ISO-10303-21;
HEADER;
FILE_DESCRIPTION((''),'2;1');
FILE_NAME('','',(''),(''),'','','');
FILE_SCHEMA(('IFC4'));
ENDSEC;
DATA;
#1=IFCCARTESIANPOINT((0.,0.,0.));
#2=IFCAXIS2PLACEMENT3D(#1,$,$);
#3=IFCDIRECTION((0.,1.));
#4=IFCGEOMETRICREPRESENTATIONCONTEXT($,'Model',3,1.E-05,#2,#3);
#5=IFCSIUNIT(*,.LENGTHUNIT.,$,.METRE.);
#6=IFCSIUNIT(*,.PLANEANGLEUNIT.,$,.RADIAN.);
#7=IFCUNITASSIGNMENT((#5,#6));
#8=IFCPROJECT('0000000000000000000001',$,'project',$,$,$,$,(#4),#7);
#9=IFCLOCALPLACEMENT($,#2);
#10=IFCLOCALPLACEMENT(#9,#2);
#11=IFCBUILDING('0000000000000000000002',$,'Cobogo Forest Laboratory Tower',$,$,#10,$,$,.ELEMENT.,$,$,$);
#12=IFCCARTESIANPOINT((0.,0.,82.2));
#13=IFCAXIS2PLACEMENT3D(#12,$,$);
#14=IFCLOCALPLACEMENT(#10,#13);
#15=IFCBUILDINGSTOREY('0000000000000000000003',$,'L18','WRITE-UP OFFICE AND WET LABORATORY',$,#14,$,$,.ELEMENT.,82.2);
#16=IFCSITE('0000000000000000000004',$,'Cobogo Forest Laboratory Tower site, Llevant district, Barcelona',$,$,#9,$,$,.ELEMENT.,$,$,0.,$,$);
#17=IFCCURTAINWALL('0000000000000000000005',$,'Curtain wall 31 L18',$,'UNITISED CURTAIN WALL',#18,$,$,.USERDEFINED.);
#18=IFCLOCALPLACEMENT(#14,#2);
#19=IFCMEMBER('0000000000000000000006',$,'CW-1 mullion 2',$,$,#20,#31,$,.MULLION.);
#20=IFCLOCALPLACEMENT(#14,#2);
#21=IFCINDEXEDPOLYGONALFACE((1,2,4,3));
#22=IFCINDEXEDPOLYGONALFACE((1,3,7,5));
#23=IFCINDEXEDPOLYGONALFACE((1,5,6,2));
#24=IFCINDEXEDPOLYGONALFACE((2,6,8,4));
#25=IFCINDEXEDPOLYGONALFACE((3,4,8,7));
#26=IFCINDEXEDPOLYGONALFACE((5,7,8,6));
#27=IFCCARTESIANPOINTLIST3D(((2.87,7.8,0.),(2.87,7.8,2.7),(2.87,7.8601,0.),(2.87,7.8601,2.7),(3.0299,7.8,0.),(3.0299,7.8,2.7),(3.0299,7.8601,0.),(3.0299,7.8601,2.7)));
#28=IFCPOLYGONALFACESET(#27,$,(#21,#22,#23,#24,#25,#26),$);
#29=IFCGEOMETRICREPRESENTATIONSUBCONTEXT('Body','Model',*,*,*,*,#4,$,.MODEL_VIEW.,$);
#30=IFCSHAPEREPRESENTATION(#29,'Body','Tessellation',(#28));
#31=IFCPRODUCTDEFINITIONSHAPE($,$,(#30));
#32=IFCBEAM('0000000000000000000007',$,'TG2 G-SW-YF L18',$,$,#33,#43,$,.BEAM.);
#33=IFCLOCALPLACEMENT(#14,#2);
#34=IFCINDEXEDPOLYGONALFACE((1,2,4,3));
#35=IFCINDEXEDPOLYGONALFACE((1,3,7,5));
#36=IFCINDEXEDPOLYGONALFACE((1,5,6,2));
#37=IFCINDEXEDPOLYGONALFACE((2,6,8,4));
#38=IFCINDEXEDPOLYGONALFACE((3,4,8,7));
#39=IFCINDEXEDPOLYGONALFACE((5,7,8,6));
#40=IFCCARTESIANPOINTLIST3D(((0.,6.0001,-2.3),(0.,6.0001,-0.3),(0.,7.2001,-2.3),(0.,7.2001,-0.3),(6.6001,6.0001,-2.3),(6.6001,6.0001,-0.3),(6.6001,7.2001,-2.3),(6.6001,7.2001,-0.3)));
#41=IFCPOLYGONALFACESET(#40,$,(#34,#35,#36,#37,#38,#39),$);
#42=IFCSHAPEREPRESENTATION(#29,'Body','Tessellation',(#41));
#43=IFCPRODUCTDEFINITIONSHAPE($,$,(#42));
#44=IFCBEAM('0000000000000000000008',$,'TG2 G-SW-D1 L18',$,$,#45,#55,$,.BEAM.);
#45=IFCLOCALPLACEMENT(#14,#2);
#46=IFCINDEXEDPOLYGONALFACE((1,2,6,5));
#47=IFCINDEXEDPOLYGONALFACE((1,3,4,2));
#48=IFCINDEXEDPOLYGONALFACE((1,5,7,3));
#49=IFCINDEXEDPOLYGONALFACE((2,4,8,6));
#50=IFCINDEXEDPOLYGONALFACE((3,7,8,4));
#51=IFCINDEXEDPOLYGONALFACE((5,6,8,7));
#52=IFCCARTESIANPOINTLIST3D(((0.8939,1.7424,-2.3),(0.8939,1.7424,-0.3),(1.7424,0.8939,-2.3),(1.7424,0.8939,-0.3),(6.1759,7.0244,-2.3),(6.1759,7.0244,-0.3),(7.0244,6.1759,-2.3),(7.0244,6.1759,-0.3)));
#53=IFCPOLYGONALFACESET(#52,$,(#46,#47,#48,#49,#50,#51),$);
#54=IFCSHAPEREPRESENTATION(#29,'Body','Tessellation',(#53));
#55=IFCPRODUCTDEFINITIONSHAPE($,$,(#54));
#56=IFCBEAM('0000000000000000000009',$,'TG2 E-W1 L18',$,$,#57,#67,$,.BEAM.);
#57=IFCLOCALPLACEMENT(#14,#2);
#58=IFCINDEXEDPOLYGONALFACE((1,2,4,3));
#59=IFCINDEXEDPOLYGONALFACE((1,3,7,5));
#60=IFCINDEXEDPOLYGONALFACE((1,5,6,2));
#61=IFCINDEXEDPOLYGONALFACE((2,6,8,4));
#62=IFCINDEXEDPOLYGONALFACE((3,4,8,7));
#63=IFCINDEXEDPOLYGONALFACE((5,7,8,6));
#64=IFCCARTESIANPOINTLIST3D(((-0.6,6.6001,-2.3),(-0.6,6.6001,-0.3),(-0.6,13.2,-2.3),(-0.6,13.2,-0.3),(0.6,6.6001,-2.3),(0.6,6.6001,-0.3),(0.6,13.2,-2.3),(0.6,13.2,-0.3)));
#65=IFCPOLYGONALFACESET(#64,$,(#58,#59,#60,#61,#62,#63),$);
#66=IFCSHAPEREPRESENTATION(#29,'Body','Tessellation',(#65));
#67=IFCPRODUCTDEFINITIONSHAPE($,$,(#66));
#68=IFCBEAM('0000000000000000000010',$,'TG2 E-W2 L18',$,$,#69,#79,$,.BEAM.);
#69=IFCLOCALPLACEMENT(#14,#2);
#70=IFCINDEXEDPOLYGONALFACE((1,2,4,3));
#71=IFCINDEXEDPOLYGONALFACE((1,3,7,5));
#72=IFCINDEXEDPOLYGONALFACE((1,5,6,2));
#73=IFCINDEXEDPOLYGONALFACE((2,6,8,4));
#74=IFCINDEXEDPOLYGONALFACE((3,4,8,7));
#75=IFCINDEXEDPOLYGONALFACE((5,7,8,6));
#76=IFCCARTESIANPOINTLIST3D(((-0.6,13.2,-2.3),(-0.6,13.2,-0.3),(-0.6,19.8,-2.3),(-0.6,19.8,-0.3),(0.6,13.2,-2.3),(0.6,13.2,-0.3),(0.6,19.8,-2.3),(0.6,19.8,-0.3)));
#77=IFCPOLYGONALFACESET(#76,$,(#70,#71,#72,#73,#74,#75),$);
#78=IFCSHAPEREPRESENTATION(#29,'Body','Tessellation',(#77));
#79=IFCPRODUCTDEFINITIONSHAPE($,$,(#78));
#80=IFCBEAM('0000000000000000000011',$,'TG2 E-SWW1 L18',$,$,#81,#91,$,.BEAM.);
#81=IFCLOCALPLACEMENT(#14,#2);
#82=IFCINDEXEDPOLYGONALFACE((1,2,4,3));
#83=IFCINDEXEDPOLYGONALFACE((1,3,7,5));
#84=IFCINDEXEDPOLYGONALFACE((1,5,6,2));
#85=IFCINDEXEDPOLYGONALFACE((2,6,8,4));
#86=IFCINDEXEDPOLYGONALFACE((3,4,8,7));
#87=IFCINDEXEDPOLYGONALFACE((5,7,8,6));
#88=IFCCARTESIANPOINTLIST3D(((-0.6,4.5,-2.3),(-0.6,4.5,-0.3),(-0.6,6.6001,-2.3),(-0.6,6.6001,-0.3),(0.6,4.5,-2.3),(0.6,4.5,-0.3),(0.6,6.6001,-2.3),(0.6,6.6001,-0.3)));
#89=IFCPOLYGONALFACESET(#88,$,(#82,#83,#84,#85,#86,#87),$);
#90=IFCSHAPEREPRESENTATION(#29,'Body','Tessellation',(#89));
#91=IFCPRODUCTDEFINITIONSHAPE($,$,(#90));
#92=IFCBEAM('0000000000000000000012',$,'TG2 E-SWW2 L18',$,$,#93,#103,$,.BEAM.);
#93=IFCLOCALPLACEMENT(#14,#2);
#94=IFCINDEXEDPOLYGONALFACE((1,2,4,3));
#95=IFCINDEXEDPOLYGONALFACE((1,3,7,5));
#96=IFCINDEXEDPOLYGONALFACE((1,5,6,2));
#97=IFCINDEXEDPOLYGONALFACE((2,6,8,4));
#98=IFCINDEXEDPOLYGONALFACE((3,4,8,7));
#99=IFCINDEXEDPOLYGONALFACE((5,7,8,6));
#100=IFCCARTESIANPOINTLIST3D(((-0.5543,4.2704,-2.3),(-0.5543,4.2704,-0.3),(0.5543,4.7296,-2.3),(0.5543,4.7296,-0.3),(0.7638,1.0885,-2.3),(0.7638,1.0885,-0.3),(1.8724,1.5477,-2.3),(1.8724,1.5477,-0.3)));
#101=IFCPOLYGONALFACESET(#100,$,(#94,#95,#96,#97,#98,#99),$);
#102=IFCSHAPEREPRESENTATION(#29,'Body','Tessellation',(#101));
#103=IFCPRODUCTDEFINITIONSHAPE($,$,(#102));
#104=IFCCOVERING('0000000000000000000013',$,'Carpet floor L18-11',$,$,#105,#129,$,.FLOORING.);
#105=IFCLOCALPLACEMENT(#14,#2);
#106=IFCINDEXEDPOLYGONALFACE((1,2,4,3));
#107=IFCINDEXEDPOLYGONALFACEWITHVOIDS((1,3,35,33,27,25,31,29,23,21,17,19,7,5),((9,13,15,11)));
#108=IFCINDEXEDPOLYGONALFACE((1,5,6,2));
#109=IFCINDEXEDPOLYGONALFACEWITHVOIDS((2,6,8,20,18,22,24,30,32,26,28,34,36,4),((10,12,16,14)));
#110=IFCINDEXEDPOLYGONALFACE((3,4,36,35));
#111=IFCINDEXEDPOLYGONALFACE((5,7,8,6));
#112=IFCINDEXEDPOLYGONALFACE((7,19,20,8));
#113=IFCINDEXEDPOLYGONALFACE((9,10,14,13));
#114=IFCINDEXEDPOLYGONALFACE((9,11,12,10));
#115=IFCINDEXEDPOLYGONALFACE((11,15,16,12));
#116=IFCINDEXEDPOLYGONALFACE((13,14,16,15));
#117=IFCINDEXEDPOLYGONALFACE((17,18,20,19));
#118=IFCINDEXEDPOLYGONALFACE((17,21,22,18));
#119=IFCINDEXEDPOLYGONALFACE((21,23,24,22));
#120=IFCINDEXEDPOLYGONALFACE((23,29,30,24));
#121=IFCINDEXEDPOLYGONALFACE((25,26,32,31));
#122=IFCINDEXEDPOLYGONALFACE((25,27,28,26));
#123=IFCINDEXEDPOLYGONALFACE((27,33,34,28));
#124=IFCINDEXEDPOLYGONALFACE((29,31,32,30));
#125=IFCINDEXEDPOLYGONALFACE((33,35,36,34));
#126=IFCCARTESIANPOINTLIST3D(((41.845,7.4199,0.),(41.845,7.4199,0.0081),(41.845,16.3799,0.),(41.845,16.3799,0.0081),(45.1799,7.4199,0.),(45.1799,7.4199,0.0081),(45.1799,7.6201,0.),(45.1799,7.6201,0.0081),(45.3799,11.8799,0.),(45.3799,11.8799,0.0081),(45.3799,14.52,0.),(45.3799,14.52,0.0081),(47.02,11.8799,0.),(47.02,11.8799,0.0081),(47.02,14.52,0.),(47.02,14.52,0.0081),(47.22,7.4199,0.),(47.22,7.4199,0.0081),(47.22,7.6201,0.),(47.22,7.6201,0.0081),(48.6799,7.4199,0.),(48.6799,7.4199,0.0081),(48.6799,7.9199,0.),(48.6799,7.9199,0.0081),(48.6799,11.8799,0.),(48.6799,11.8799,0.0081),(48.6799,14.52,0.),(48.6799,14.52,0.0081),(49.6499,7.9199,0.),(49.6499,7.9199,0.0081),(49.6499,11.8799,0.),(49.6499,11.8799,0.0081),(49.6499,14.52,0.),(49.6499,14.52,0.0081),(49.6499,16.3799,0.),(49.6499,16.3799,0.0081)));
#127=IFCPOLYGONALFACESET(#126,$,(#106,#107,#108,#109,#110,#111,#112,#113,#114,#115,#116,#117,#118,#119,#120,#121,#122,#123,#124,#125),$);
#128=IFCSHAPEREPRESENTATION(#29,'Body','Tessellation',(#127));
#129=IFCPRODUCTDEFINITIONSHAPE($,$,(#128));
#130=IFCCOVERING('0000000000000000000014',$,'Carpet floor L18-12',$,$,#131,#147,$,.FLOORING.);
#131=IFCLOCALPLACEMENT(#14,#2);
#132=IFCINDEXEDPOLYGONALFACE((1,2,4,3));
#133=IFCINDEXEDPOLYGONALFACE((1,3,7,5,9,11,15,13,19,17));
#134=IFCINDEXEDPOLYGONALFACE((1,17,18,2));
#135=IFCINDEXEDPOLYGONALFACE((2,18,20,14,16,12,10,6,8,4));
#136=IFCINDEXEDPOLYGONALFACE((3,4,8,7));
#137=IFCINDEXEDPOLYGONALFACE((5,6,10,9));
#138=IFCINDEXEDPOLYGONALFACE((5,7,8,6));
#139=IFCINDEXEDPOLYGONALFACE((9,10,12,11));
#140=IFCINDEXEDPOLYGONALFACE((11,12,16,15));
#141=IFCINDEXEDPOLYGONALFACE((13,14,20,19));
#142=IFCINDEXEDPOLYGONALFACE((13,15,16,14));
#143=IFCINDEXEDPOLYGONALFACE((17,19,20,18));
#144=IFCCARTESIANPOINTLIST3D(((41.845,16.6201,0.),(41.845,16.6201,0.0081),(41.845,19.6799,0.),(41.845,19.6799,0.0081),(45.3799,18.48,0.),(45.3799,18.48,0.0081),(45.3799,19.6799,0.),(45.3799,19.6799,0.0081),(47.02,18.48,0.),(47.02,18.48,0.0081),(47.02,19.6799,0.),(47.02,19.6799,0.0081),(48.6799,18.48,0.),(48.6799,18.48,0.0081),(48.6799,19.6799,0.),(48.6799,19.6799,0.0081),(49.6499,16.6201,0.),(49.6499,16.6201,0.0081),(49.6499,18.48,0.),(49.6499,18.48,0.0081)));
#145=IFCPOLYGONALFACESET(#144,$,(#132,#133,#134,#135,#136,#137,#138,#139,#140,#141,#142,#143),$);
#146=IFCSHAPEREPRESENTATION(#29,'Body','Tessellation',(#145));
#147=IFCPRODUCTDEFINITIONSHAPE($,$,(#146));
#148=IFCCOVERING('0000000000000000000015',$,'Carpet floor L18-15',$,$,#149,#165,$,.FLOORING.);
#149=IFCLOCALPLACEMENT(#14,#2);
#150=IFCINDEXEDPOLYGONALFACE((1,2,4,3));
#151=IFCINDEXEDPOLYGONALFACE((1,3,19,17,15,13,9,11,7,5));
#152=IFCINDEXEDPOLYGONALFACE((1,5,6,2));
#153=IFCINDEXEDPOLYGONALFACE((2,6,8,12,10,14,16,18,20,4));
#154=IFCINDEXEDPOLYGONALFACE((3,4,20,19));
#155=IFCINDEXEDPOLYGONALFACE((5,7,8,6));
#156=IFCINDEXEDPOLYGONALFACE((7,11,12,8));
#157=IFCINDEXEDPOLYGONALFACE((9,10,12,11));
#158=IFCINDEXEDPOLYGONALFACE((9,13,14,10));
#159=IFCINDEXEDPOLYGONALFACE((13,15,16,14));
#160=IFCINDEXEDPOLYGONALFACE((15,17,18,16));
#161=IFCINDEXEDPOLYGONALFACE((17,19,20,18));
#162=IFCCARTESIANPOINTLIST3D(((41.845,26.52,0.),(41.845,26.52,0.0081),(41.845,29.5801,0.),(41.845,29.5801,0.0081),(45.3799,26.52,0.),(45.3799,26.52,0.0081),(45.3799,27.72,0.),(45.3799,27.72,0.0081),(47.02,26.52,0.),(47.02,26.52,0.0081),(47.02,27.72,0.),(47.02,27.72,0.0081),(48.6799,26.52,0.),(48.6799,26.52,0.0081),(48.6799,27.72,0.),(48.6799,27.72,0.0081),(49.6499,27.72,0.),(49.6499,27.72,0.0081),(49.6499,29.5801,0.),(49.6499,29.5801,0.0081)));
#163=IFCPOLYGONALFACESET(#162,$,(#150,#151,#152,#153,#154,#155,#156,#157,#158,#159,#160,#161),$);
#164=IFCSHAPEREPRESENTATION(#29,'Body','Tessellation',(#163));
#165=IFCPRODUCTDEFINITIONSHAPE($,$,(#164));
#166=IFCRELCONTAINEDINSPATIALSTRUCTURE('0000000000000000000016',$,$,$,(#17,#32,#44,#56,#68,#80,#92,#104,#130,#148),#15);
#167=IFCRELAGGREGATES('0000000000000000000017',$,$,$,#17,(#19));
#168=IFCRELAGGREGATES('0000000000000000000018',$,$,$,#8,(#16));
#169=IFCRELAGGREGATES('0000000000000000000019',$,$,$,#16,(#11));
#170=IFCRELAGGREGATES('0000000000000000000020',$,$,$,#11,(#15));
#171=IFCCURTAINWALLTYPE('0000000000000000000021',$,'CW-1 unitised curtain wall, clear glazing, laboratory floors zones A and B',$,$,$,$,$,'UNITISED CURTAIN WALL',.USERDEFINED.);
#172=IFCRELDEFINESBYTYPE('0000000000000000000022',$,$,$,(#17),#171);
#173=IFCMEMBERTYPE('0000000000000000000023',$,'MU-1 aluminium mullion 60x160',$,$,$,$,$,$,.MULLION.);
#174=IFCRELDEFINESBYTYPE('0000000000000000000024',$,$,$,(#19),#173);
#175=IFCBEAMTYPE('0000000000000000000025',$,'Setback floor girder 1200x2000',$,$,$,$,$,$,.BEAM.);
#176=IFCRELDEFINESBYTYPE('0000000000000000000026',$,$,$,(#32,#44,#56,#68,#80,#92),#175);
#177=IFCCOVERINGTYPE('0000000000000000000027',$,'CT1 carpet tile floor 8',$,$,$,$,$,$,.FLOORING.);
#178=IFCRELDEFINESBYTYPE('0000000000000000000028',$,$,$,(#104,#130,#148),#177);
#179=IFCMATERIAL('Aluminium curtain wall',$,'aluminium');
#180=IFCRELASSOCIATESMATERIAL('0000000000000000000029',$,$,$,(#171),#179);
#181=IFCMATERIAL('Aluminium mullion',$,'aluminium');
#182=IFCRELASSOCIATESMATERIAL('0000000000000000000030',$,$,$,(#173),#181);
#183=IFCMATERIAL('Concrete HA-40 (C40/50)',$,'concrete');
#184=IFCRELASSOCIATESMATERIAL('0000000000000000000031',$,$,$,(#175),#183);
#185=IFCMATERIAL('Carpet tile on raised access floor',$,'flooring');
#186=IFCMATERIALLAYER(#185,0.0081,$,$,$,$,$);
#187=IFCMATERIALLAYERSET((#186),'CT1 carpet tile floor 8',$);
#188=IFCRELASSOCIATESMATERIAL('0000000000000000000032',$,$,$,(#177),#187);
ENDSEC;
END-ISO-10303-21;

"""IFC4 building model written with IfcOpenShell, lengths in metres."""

from ifc_helpers import new_model, si_unit, direction, frame, origin, origin_2d, place, context, subcontext, project, spatial, polyline, rectangle, outline, extrude, material, layer, layer_set, material_profile, profile_set, type_object, element, aggregate, save


model = new_model("IFC4")

# Units and contexts
model_context = context("Model", 3, precision=1e-05, world=origin(), true_north=direction((0.0, 1.0)))
body_context = subcontext(model_context, "Body", "Model", "MODEL_VIEW")
ifc_project = project(units=[si_unit("LENGTHUNIT", "METRE"), si_unit("PLANEANGLEUNIT", "RADIAN")], contexts=[model_context])

# Site, building, storey
site_placement = place(None, origin())
site = spatial("IfcSite", under=ifc_project, at=site_placement, Name="Cobogo Forest Laboratory Tower site, Llevant district, Barcelona", CompositionType="ELEMENT", RefElevation=0.0)
building_placement = place(site_placement, origin())
building = spatial("IfcBuilding", under=site, at=building_placement, Name="Cobogo Forest Laboratory Tower", CompositionType="ELEMENT")
storey_placement = place(building_placement, frame((0.0, 0.0, 82.2)))
storey = spatial("IfcBuildingStorey", under=building, at=storey_placement, Name="L18", Description="WRITE-UP OFFICE AND WET LABORATORY", CompositionType="ELEMENT", Elevation=82.2)

# Curtain wall, member
ifc_material_1 = material(Name="Aluminium curtain wall", Category="aluminium")
curtain_wall_type = type_object("IfcCurtainWallType", Name="CW-1 unitised curtain wall, clear glazing, laboratory floors zones A and B", ElementType="UNITISED CURTAIN WALL", PredefinedType="USERDEFINED", material=ifc_material_1)
curtain_wall_placement = place(storey_placement, origin())
curtain_wall = element("IfcCurtainWall", 1, at=curtain_wall_placement, inside=storey, type_object=curtain_wall_type, Name="Curtain wall 31 L18", ObjectType="UNITISED CURTAIN WALL", PredefinedType="USERDEFINED")
ifc_material_2 = material(Name="Aluminium mullion", Category="aluminium")
ifc_material_profile_1 = material_profile(ifc_material_2, rectangle(XDim=0.0601, YDim=0.1599, at=origin_2d()), Name="AL 60x160")
ifc_profile_set_1 = profile_set([ifc_material_profile_1], Name="Aluminium mullion")
member_type = type_object("IfcMemberType", Name="MU-1 aluminium mullion 60x160", PredefinedType="MULLION", material=ifc_profile_set_1)
member_placement = place(storey_placement, frame((2.95, 7.8301, 0.0), z_axis=(0.0, 0.0, 1.0), x_axis=(0.0, -1.0, 0.0)))
member = element("IfcMember", 2, at=member_placement, type_object=member_type, Name="CW-1 mullion 2", PredefinedType="MULLION", context=body_context, shape_type="SweptSolid", body=[
    extrude(rectangle(XDim=0.0601, YDim=0.1599, at=origin_2d()), origin(), (0.0, 0.0, 1.0), 2.7),
])
aggregate(curtain_wall, [member])

# Beams
ifc_material_3 = material(Name="Concrete HA-40 (C40/50)", Category="concrete")
ifc_material_profile_2 = material_profile(ifc_material_3, rectangle(XDim=1.2, YDim=2.0, at=origin_2d()), Name="RC 1200x2000")
ifc_profile_set_2 = profile_set([ifc_material_profile_2], Name="Concrete HA-40 (C40/50)")
beam_type = type_object("IfcBeamType", Name="Setback floor girder 1200x2000", PredefinedType="BEAM", material=ifc_profile_set_2)
beam_1_placement = place(storey_placement, frame((0.0, 6.6001, -1.3), z_axis=(1.0, 0.0, 0.0), x_axis=(0.0, 1.0, 0.0)))
element("IfcBeam", 3, at=beam_1_placement, inside=storey, type_object=beam_type, Name="TG2 G-SW-YF L18", PredefinedType="BEAM", context=body_context, shape_type="SweptSolid", body=[
    extrude(rectangle(XDim=1.2, YDim=2.0, at=origin_2d()), origin(), (0.0, 0.0, 1.0), 6.6001),
])
beam_2_placement = place(storey_placement, frame((1.3181, 1.3181, -1.3), z_axis=(0.707107, 0.707107, 0.0), x_axis=(-0.707107, 0.707107, 0.0)))
element("IfcBeam", 4, at=beam_2_placement, inside=storey, type_object=beam_type, Name="TG2 G-SW-D1 L18", PredefinedType="BEAM", context=body_context, shape_type="SweptSolid", body=[
    extrude(rectangle(XDim=1.2, YDim=2.0, at=origin_2d()), origin(), (0.0, 0.0, 1.0), 7.47),
])
beam_3_placement = place(storey_placement, frame((0.0, 6.6001, -1.3), z_axis=(0.0, 1.0, 0.0), x_axis=(-1.0, 0.0, 0.0)))
element("IfcBeam", 5, at=beam_3_placement, inside=storey, type_object=beam_type, Name="TG2 E-W1 L18", PredefinedType="BEAM", context=body_context, shape_type="SweptSolid", body=[
    extrude(rectangle(XDim=1.2, YDim=2.0, at=origin_2d()), origin(), (0.0, 0.0, 1.0), 6.5999),
])
beam_4_placement = place(storey_placement, frame((0.0, 13.2, -1.3), z_axis=(0.0, 1.0, 0.0), x_axis=(-1.0, 0.0, 0.0)))
element("IfcBeam", 6, at=beam_4_placement, inside=storey, type_object=beam_type, Name="TG2 E-W2 L18", PredefinedType="BEAM", context=body_context, shape_type="SweptSolid", body=[
    extrude(rectangle(XDim=1.2, YDim=2.0, at=origin_2d()), origin(), (0.0, 0.0, 1.0), 6.6001),
])
beam_5_placement = place(storey_placement, frame((0.0, 6.6001, -1.3), z_axis=(0.0, -1.0, 0.0), x_axis=(1.0, 0.0, 0.0)))
element("IfcBeam", 7, at=beam_5_placement, inside=storey, type_object=beam_type, Name="TG2 E-SWW1 L18", PredefinedType="BEAM", context=body_context, shape_type="SweptSolid", body=[
    extrude(rectangle(XDim=1.2, YDim=2.0, at=origin_2d()), origin(), (0.0, 0.0, 1.0), 2.1001),
])
beam_6_placement = place(storey_placement, frame((0.0, 4.5, -1.3), z_axis=(0.382717, -0.923866, 0.0), x_axis=(0.923866, 0.382717, 0.0)))
element("IfcBeam", 8, at=beam_6_placement, inside=storey, type_object=beam_type, Name="TG2 E-SWW2 L18", PredefinedType="BEAM", context=body_context, shape_type="SweptSolid", body=[
    extrude(rectangle(XDim=1.2, YDim=2.0, at=origin_2d()), origin(), (0.0, 0.0, 1.0), 3.4441),
])

# Coverings
ifc_material_4 = material(Name="Carpet tile on raised access floor", Category="flooring")
ifc_layer_1 = layer(ifc_material_4, 0.0081)
ifc_layer_set_1 = layer_set([ifc_layer_1], Name="CT1 carpet tile floor 8")
covering_type_1 = type_object("IfcCoveringType", Name="CT1 carpet tile floor 8", PredefinedType="FLOORING", material=ifc_layer_set_1)
covering_1_placement = place(storey_placement, origin())
element("IfcCovering", 9, at=covering_1_placement, inside=storey, type_object=covering_type_1, Name="Carpet floor L18-11", PredefinedType="FLOORING", context=body_context, shape_type="SweptSolid", body=[
    extrude(outline(polyline([(41.845, 16.3799), (49.6499, 16.3799), (49.6499, 14.52), (48.6799, 14.52), (48.6799, 11.8799), (49.6499, 11.8799), (49.6499, 7.9199), (48.6799, 7.9199), (48.6799, 7.4199), (47.22, 7.4199), (47.22, 7.6201), (45.1799, 7.6201), (45.1799, 7.4199), (41.845, 7.4199), (41.845, 16.3799)]), holes=[polyline([(45.3799, 11.8799), (47.02, 11.8799), (47.02, 14.52), (45.3799, 14.52), (45.3799, 11.8799)])]), origin(), (0.0, 0.0, 1.0), 0.0081),
])
covering_2_placement = place(storey_placement, origin())
element("IfcCovering", 10, at=covering_2_placement, inside=storey, type_object=covering_type_1, Name="Carpet floor L18-12", PredefinedType="FLOORING", context=body_context, shape_type="SweptSolid", body=[
    extrude(outline(polyline([(41.845, 19.6799), (45.3799, 19.6799), (45.3799, 18.48), (47.02, 18.48), (47.02, 19.6799), (48.6799, 19.6799), (48.6799, 18.48), (49.6499, 18.48), (49.6499, 16.6201), (41.845, 16.6201), (41.845, 19.6799)])), origin(), (0.0, 0.0, 1.0), 0.0081),
])
covering_3_placement = place(storey_placement, origin())
element("IfcCovering", 11, at=covering_3_placement, inside=storey, type_object=covering_type_1, Name="Carpet floor L18-15", PredefinedType="FLOORING", context=body_context, shape_type="SweptSolid", body=[
    extrude(outline(polyline([(41.845, 29.5801), (49.6499, 29.5801), (49.6499, 27.72), (48.6799, 27.72), (48.6799, 26.52), (47.02, 26.52), (47.02, 27.72), (45.3799, 27.72), (45.3799, 26.52), (41.845, 26.52), (41.845, 29.5801)])), origin(), (0.0, 0.0, 1.0), 0.0081),
])

save(model, "model.ifc")
